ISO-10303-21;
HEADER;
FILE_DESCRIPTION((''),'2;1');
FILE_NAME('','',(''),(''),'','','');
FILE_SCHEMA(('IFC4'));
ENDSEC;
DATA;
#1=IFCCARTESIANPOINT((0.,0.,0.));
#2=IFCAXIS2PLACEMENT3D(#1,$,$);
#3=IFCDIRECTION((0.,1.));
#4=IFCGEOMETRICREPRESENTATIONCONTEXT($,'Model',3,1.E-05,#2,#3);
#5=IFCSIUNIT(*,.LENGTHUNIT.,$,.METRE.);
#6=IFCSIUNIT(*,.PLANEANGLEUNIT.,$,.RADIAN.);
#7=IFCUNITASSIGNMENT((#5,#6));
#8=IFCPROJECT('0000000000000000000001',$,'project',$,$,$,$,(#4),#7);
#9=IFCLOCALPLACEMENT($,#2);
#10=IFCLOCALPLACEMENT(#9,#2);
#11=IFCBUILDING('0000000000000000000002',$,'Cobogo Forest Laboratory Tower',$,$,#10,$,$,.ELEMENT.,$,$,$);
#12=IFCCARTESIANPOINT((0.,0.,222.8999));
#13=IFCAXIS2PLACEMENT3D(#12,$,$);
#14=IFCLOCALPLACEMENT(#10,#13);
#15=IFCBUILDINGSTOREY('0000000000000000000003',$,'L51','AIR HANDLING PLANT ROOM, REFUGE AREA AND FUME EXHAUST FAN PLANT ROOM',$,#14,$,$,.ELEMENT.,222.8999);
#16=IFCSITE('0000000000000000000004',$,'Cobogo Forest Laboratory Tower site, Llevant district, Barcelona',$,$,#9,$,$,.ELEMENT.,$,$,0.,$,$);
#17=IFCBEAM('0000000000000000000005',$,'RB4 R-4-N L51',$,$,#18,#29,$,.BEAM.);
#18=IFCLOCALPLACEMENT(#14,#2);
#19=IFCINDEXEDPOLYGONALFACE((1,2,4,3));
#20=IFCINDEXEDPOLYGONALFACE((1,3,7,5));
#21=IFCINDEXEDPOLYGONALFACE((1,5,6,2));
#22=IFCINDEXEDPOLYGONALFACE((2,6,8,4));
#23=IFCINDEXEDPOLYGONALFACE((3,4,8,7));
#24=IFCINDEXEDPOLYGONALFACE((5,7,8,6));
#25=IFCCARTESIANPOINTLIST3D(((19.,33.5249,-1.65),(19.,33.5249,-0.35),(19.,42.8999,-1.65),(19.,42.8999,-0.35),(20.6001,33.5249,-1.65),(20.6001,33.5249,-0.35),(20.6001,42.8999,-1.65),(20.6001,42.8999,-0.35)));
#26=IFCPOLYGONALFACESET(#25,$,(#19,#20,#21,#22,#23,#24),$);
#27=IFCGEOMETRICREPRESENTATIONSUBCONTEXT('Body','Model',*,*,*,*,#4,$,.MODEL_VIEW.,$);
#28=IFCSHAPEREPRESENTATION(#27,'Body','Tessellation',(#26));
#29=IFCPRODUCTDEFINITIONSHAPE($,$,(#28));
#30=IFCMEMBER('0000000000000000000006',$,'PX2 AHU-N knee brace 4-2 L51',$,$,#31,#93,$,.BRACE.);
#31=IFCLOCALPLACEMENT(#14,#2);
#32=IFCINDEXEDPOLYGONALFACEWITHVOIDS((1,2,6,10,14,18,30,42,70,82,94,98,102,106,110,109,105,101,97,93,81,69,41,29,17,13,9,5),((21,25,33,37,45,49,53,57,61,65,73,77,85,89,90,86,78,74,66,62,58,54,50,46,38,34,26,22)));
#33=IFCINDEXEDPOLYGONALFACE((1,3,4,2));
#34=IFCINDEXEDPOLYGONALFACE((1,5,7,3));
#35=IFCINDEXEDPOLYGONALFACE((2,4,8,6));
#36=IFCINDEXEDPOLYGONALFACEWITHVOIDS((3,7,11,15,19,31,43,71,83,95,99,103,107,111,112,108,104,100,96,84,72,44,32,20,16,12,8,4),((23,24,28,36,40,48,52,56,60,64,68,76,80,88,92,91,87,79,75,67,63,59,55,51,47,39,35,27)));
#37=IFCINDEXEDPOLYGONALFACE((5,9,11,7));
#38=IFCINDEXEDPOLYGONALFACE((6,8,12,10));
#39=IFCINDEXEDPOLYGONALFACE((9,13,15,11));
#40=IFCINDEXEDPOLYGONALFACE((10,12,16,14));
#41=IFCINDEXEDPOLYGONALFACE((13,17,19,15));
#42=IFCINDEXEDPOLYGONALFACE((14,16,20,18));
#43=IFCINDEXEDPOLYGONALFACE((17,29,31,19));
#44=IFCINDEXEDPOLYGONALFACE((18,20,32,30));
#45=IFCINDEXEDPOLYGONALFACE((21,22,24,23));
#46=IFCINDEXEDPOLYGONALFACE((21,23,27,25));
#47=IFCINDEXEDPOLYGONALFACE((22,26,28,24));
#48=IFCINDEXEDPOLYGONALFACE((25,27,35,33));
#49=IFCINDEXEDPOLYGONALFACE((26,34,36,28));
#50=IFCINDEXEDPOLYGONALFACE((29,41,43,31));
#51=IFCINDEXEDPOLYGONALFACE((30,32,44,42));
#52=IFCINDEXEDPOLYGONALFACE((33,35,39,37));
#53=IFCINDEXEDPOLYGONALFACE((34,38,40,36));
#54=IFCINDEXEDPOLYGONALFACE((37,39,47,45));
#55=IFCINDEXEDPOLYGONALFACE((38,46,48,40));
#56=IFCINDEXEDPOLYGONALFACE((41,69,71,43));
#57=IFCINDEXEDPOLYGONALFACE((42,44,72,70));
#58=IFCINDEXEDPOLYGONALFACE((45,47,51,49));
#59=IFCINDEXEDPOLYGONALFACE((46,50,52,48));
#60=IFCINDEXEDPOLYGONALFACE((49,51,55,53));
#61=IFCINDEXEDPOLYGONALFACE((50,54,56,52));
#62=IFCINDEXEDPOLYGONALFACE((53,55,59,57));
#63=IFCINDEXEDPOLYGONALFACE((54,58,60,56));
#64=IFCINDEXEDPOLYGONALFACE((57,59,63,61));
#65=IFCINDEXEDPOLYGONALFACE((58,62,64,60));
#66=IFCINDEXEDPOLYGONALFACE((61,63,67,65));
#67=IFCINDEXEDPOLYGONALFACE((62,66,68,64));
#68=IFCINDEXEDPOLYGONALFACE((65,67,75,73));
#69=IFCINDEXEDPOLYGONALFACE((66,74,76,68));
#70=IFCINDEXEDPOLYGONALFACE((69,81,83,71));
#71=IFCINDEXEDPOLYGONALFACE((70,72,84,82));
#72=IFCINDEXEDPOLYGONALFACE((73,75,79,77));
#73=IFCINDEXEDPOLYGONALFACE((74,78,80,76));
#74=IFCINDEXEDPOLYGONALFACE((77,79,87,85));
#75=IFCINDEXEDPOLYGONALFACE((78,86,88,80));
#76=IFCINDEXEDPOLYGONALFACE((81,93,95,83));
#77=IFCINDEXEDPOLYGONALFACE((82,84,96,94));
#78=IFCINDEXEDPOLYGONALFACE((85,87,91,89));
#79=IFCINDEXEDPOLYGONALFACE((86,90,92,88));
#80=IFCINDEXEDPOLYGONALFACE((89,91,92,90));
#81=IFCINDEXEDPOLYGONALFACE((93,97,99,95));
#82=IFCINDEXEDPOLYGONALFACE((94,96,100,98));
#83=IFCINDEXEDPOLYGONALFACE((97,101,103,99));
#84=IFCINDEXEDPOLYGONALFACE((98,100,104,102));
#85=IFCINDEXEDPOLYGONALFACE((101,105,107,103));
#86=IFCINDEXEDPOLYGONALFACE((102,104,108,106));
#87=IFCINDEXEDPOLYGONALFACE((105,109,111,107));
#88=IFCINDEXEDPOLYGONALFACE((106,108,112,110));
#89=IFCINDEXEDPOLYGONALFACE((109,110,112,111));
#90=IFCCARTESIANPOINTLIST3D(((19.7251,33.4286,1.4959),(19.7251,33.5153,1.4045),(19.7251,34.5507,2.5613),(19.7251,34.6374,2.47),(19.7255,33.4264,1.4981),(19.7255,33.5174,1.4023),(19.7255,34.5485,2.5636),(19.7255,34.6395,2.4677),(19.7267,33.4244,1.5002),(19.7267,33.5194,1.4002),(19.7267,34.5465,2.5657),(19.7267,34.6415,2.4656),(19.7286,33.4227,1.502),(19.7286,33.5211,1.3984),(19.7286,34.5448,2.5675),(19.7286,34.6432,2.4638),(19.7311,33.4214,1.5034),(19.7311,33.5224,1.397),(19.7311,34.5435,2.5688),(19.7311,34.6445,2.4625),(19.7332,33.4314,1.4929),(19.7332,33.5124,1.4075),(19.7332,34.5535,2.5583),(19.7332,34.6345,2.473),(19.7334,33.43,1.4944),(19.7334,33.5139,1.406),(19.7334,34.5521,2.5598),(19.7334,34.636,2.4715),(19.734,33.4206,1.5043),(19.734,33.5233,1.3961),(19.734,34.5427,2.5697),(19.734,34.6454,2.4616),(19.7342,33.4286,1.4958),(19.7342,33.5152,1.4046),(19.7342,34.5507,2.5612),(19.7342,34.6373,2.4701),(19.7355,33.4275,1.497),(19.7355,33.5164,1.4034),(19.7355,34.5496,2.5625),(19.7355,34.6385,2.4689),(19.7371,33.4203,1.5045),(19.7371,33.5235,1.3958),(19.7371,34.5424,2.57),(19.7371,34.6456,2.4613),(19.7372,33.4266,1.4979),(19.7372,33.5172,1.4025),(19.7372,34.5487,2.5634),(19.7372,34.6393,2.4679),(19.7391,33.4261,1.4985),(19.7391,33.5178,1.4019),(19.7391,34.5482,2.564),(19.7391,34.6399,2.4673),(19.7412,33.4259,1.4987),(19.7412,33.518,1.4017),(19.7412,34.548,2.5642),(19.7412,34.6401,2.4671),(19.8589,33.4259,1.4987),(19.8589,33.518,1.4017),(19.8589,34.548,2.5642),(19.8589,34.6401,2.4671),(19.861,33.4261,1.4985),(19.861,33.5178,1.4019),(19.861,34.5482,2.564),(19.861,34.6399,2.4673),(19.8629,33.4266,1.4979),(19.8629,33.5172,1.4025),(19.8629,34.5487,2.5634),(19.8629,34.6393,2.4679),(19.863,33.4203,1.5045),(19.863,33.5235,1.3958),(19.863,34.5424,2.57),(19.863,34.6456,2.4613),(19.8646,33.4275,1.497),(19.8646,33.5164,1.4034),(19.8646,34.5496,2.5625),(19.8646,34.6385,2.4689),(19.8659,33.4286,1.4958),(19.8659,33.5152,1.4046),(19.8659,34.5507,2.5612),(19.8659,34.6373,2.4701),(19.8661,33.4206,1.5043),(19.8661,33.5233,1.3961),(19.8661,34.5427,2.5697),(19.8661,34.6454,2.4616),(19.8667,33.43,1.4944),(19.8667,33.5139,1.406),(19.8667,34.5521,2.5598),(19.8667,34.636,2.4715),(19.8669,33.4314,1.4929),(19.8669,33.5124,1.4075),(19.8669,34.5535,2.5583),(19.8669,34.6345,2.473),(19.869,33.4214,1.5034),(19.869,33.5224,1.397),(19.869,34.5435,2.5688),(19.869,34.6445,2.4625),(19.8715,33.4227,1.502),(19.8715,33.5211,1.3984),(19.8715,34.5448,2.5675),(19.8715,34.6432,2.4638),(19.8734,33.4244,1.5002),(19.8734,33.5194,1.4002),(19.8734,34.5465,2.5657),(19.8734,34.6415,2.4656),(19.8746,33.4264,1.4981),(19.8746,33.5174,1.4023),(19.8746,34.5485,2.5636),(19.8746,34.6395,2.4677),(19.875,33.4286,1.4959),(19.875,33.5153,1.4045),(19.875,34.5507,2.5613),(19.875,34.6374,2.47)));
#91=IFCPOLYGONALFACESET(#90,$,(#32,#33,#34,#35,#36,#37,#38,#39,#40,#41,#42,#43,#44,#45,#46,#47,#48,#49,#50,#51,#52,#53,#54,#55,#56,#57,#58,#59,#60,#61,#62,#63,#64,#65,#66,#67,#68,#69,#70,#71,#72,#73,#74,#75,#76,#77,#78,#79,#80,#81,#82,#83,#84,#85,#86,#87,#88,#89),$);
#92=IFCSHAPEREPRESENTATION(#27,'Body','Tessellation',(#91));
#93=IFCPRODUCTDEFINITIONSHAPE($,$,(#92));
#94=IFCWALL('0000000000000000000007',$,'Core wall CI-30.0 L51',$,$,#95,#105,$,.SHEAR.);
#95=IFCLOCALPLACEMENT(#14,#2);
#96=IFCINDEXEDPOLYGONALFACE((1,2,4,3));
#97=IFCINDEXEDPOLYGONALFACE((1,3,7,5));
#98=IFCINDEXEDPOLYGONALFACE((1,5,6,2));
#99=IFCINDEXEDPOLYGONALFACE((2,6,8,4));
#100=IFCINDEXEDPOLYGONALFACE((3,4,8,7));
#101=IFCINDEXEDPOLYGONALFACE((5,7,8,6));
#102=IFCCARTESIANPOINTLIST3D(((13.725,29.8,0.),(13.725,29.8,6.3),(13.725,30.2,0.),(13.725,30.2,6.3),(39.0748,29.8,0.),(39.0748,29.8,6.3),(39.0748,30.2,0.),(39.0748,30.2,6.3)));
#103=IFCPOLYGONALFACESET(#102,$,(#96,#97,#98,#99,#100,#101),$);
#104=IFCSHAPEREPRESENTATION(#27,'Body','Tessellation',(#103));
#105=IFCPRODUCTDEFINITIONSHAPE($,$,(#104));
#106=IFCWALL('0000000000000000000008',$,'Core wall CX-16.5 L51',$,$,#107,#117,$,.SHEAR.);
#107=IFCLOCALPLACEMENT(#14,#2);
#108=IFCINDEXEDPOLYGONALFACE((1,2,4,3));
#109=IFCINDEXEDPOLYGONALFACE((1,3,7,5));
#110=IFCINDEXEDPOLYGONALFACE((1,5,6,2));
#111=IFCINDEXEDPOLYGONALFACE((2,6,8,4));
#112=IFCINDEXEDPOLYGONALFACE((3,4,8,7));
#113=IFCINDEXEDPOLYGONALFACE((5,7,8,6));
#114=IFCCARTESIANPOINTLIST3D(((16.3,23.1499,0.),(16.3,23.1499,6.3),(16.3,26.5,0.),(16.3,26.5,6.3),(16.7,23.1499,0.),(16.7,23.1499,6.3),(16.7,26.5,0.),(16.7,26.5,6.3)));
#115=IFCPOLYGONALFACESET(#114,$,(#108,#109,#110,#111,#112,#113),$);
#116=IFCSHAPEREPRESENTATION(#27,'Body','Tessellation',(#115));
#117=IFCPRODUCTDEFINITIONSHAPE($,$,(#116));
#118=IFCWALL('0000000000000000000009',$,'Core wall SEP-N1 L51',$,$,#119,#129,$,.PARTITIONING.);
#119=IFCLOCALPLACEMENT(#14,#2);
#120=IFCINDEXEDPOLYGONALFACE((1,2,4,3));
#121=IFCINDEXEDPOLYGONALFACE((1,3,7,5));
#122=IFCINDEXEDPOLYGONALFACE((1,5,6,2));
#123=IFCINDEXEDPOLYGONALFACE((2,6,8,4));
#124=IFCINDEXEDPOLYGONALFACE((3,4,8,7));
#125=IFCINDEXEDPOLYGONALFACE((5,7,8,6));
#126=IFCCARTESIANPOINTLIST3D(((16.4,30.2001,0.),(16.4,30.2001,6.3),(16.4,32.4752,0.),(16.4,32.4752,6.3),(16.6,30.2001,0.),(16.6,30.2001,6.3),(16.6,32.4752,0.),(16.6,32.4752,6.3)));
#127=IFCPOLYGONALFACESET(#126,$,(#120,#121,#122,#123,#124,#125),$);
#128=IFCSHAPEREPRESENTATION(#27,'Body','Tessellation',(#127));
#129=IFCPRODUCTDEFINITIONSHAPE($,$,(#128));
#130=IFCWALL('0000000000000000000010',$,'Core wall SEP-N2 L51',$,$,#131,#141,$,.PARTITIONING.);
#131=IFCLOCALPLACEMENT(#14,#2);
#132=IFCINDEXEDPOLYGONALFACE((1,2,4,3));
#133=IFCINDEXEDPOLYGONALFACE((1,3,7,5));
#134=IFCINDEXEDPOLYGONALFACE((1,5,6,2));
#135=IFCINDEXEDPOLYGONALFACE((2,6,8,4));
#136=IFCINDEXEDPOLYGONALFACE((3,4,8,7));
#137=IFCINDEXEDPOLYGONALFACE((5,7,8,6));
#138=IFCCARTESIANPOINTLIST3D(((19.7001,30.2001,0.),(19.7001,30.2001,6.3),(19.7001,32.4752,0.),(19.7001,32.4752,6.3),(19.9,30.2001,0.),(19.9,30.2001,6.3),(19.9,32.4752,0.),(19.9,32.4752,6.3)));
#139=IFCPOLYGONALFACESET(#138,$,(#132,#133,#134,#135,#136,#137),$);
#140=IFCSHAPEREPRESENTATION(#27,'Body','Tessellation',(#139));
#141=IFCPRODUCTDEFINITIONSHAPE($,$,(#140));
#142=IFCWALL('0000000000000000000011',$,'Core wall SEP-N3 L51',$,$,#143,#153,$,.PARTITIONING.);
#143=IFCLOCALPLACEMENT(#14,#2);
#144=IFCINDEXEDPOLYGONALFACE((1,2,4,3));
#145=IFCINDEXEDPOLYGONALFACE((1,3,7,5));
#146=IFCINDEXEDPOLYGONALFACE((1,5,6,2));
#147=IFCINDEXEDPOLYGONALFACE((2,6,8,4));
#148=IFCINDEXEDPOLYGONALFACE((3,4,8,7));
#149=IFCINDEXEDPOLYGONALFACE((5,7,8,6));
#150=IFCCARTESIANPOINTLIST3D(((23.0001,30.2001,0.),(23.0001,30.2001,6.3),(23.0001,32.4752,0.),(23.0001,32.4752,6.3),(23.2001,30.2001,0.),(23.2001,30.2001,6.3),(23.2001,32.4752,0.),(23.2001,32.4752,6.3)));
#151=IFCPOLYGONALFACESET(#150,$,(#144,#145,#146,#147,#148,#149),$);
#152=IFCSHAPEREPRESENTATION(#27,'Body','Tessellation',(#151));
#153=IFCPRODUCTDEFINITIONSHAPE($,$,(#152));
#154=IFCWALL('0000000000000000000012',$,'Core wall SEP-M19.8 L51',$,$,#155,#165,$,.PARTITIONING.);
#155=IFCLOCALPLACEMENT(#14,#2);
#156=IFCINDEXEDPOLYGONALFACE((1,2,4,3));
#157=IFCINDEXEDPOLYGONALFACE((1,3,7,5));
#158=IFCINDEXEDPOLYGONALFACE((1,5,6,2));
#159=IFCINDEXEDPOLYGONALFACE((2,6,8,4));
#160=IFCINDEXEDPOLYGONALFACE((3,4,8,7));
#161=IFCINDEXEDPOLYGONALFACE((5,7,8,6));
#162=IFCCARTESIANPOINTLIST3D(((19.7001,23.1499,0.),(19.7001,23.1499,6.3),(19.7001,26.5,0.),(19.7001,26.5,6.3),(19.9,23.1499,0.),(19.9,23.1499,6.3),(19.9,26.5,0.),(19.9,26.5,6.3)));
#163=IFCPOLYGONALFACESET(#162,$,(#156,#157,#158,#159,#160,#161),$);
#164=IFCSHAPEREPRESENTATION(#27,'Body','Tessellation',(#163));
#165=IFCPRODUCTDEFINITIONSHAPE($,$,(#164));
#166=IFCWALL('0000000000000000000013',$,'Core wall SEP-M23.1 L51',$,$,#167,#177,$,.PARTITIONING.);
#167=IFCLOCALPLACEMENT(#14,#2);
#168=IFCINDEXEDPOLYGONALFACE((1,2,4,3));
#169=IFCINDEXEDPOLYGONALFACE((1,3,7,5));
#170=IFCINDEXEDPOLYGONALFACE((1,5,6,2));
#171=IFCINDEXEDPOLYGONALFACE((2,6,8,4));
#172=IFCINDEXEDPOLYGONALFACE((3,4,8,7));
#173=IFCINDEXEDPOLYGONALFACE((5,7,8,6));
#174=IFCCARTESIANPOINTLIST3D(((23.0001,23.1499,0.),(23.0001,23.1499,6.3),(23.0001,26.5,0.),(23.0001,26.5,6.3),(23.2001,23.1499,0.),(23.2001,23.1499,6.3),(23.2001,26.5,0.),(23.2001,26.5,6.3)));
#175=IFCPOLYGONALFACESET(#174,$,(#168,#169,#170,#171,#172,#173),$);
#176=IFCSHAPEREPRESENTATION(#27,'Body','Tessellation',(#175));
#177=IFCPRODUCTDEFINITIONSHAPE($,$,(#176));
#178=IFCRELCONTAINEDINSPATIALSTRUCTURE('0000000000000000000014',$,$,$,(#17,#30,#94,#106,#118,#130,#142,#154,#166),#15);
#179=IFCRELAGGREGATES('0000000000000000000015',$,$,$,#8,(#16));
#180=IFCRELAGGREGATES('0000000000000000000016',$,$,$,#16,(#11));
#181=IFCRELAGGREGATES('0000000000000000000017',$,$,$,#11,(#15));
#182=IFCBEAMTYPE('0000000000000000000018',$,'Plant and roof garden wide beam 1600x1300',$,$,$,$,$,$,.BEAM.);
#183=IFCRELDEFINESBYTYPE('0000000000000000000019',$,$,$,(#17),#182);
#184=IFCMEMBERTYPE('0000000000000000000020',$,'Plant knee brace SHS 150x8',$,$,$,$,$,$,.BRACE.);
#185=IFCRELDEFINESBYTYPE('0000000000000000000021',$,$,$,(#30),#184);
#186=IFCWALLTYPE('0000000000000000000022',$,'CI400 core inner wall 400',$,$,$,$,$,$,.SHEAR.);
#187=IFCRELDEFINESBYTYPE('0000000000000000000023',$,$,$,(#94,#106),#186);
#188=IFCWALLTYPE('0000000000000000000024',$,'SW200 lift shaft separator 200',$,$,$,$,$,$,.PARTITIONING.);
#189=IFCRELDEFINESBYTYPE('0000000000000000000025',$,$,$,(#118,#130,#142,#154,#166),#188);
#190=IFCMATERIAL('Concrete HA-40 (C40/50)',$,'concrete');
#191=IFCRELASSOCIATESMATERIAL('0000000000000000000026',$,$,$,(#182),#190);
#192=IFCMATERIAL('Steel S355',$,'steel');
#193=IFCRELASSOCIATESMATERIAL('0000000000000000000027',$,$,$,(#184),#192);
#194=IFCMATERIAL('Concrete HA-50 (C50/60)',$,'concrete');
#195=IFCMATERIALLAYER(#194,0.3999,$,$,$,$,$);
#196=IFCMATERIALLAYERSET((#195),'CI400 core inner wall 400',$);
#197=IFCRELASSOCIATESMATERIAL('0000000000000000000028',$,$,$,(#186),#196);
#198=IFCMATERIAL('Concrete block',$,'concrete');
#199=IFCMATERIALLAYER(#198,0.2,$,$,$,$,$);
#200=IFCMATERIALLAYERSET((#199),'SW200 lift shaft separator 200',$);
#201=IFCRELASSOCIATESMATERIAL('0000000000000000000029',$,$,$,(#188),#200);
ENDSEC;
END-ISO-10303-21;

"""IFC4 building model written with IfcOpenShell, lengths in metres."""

from ifc_helpers import new_model, si_unit, direction, frame, frame_2d, origin, origin_2d, place, context, subcontext, project, spatial, rectangle, hollow_rectangle, extrude, material, layer, layer_set, material_profile, profile_set, type_object, element, save


model = new_model("IFC4")

# Units and contexts
model_context = context("Model", 3, precision=1e-05, world=origin(), true_north=direction((0.0, 1.0)))
body_context = subcontext(model_context, "Body", "Model", "MODEL_VIEW")
ifc_project = project(units=[si_unit("LENGTHUNIT", "METRE"), si_unit("PLANEANGLEUNIT", "RADIAN")], contexts=[model_context])

# Site, building, storey
site_placement = place(None, origin())
site = spatial("IfcSite", under=ifc_project, at=site_placement, Name="Cobogo Forest Laboratory Tower site, Llevant district, Barcelona", CompositionType="ELEMENT", RefElevation=0.0)
building_placement = place(site_placement, origin())
building = spatial("IfcBuilding", under=site, at=building_placement, Name="Cobogo Forest Laboratory Tower", CompositionType="ELEMENT")
storey_placement = place(building_placement, frame((0.0, 0.0, 222.8999)))
storey = spatial("IfcBuildingStorey", under=building, at=storey_placement, Name="L51", Description="AIR HANDLING PLANT ROOM, REFUGE AREA AND FUME EXHAUST FAN PLANT ROOM", CompositionType="ELEMENT", Elevation=222.8999)

# Beam
ifc_material_1 = material(Name="Concrete HA-40 (C40/50)", Category="concrete")
ifc_material_profile_1 = material_profile(ifc_material_1, rectangle(XDim=1.6001, YDim=1.3, at=origin_2d()), Name="RC 1600x1300")
ifc_profile_set_1 = profile_set([ifc_material_profile_1], Name="Concrete HA-40 (C40/50)")
beam_type = type_object("IfcBeamType", Name="Plant and roof garden wide beam 1600x1300", PredefinedType="BEAM", material=ifc_profile_set_1)
beam_placement = place(storey_placement, frame((19.8, 33.5249, -1.0), z_axis=(0.0, 1.0, 0.0), x_axis=(-1.0, 0.0, 0.0)))
element("IfcBeam", 1, at=beam_placement, inside=storey, type_object=beam_type, Name="RB4 R-4-N L51", PredefinedType="BEAM", context=body_context, shape_type="SweptSolid", body=[
    extrude(rectangle(XDim=1.6001, YDim=1.3, at=origin_2d()), origin(), (0.0, 0.0, 1.0), 9.375),
])

# Member
ifc_material_2 = material(Name="Steel S355", Category="steel")
ifc_material_profile_2 = material_profile(ifc_material_2, hollow_rectangle(XDim=0.1499, YDim=0.1499, WallThickness=0.0081, InnerFilletRadius=0.0081, OuterFilletRadius=0.012, at=origin_2d()), Name="SHS 150x8")
ifc_profile_set_2 = profile_set([ifc_material_profile_2], Name="Steel S355")
member_type = type_object("IfcMemberType", Name="Plant knee brace SHS 150x8", PredefinedType="BRACE", material=ifc_profile_set_2)
member_placement = place(storey_placement, frame((19.8, 33.4719, 1.4502), z_axis=(0.0, 0.725173, 0.688567), x_axis=(-1.0, 0.0, 0.0)))
element("IfcMember", 2, at=member_placement, inside=storey, type_object=member_type, Name="PX2 AHU-N knee brace 4-2 L51", PredefinedType="BRACE", context=body_context, shape_type="SweptSolid", body=[
    extrude(hollow_rectangle(XDim=0.1499, YDim=0.1499, WallThickness=0.0081, InnerFilletRadius=0.0081, OuterFilletRadius=0.012, at=origin_2d()), origin(), (0.0, 0.0, 1.0), 1.5474),
])

# Walls
ifc_material_3 = material(Name="Concrete HA-50 (C50/60)", Category="concrete")
ifc_layer_1 = layer(ifc_material_3, 0.3999)
ifc_layer_set_1 = layer_set([ifc_layer_1], Name="CI400 core inner wall 400")
wall_type_1 = type_object("IfcWallType", Name="CI400 core inner wall 400", PredefinedType="SHEAR", material=ifc_layer_set_1)
wall_1_placement = place(storey_placement, frame((13.7251, 30.0, 0.0), z_axis=(0.0, 0.0, 1.0), x_axis=(1.0, 0.0, 0.0)))
element("IfcWall", 3, at=wall_1_placement, inside=storey, type_object=wall_type_1, Name="Core wall CI-30.0 L51", PredefinedType="SHEAR", context=body_context, shape_type="SweptSolid", body=[
    extrude(rectangle(XDim=25.3499, YDim=0.3999, at=frame_2d((12.6748, 0.0))), origin(), (0.0, 0.0, 1.0), 6.3),
])
wall_2_placement = place(storey_placement, frame((16.5, 23.1499, 0.0), z_axis=(0.0, 0.0, 1.0), x_axis=(0.0, 1.0, 0.0)))
element("IfcWall", 4, at=wall_2_placement, inside=storey, type_object=wall_type_1, Name="Core wall CX-16.5 L51", PredefinedType="SHEAR", context=body_context, shape_type="SweptSolid", body=[
    extrude(rectangle(XDim=3.3501, YDim=0.3999, at=frame_2d((1.675, 0.0))), origin(), (0.0, 0.0, 1.0), 6.3),
])
ifc_material_4 = material(Name="Concrete block", Category="concrete")
ifc_layer_2 = layer(ifc_material_4, 0.2)
ifc_layer_set_2 = layer_set([ifc_layer_2], Name="SW200 lift shaft separator 200")
wall_type_2 = type_object("IfcWallType", Name="SW200 lift shaft separator 200", PredefinedType="PARTITIONING", material=ifc_layer_set_2)
for number, where, z_axis, x_axis, name in (
    (5, (16.5, 30.2, 0.0), (0.0, 0.0, 1.0), (0.0, 1.0, 0.0), "Core wall SEP-N1 L51"),
    (6, (19.8, 30.2, 0.0), (0.0, 0.0, 1.0), (0.0, 1.0, 0.0), "Core wall SEP-N2 L51"),
    (7, (23.1001, 30.2, 0.0), (0.0, 0.0, 1.0), (0.0, 1.0, 0.0), "Core wall SEP-N3 L51"),
):
    element("IfcWall", number, at=place(storey_placement, frame(where, z_axis=z_axis, x_axis=x_axis)), inside=storey, type_object=wall_type_2, Name=name, PredefinedType="PARTITIONING", context=body_context, shape_type="SweptSolid", body=[
        extrude(rectangle(XDim=2.2751, YDim=0.2, at=frame_2d((1.1377, 0.0))), origin(), (0.0, 0.0, 1.0), 6.3),
    ])
for number, where, z_axis, x_axis, name in (
    (8, (19.8, 23.1499, 0.0), (0.0, 0.0, 1.0), (0.0, 1.0, 0.0), "Core wall SEP-M19.8 L51"),
    (9, (23.1001, 23.1499, 0.0), (0.0, 0.0, 1.0), (0.0, 1.0, 0.0), "Core wall SEP-M23.1 L51"),
):
    element("IfcWall", number, at=place(storey_placement, frame(where, z_axis=z_axis, x_axis=x_axis)), inside=storey, type_object=wall_type_2, Name=name, PredefinedType="PARTITIONING", context=body_context, shape_type="SweptSolid", body=[
        extrude(rectangle(XDim=3.3501, YDim=0.2, at=frame_2d((1.675, 0.0))), origin(), (0.0, 0.0, 1.0), 6.3),
    ])

save(model, "model.ifc")
